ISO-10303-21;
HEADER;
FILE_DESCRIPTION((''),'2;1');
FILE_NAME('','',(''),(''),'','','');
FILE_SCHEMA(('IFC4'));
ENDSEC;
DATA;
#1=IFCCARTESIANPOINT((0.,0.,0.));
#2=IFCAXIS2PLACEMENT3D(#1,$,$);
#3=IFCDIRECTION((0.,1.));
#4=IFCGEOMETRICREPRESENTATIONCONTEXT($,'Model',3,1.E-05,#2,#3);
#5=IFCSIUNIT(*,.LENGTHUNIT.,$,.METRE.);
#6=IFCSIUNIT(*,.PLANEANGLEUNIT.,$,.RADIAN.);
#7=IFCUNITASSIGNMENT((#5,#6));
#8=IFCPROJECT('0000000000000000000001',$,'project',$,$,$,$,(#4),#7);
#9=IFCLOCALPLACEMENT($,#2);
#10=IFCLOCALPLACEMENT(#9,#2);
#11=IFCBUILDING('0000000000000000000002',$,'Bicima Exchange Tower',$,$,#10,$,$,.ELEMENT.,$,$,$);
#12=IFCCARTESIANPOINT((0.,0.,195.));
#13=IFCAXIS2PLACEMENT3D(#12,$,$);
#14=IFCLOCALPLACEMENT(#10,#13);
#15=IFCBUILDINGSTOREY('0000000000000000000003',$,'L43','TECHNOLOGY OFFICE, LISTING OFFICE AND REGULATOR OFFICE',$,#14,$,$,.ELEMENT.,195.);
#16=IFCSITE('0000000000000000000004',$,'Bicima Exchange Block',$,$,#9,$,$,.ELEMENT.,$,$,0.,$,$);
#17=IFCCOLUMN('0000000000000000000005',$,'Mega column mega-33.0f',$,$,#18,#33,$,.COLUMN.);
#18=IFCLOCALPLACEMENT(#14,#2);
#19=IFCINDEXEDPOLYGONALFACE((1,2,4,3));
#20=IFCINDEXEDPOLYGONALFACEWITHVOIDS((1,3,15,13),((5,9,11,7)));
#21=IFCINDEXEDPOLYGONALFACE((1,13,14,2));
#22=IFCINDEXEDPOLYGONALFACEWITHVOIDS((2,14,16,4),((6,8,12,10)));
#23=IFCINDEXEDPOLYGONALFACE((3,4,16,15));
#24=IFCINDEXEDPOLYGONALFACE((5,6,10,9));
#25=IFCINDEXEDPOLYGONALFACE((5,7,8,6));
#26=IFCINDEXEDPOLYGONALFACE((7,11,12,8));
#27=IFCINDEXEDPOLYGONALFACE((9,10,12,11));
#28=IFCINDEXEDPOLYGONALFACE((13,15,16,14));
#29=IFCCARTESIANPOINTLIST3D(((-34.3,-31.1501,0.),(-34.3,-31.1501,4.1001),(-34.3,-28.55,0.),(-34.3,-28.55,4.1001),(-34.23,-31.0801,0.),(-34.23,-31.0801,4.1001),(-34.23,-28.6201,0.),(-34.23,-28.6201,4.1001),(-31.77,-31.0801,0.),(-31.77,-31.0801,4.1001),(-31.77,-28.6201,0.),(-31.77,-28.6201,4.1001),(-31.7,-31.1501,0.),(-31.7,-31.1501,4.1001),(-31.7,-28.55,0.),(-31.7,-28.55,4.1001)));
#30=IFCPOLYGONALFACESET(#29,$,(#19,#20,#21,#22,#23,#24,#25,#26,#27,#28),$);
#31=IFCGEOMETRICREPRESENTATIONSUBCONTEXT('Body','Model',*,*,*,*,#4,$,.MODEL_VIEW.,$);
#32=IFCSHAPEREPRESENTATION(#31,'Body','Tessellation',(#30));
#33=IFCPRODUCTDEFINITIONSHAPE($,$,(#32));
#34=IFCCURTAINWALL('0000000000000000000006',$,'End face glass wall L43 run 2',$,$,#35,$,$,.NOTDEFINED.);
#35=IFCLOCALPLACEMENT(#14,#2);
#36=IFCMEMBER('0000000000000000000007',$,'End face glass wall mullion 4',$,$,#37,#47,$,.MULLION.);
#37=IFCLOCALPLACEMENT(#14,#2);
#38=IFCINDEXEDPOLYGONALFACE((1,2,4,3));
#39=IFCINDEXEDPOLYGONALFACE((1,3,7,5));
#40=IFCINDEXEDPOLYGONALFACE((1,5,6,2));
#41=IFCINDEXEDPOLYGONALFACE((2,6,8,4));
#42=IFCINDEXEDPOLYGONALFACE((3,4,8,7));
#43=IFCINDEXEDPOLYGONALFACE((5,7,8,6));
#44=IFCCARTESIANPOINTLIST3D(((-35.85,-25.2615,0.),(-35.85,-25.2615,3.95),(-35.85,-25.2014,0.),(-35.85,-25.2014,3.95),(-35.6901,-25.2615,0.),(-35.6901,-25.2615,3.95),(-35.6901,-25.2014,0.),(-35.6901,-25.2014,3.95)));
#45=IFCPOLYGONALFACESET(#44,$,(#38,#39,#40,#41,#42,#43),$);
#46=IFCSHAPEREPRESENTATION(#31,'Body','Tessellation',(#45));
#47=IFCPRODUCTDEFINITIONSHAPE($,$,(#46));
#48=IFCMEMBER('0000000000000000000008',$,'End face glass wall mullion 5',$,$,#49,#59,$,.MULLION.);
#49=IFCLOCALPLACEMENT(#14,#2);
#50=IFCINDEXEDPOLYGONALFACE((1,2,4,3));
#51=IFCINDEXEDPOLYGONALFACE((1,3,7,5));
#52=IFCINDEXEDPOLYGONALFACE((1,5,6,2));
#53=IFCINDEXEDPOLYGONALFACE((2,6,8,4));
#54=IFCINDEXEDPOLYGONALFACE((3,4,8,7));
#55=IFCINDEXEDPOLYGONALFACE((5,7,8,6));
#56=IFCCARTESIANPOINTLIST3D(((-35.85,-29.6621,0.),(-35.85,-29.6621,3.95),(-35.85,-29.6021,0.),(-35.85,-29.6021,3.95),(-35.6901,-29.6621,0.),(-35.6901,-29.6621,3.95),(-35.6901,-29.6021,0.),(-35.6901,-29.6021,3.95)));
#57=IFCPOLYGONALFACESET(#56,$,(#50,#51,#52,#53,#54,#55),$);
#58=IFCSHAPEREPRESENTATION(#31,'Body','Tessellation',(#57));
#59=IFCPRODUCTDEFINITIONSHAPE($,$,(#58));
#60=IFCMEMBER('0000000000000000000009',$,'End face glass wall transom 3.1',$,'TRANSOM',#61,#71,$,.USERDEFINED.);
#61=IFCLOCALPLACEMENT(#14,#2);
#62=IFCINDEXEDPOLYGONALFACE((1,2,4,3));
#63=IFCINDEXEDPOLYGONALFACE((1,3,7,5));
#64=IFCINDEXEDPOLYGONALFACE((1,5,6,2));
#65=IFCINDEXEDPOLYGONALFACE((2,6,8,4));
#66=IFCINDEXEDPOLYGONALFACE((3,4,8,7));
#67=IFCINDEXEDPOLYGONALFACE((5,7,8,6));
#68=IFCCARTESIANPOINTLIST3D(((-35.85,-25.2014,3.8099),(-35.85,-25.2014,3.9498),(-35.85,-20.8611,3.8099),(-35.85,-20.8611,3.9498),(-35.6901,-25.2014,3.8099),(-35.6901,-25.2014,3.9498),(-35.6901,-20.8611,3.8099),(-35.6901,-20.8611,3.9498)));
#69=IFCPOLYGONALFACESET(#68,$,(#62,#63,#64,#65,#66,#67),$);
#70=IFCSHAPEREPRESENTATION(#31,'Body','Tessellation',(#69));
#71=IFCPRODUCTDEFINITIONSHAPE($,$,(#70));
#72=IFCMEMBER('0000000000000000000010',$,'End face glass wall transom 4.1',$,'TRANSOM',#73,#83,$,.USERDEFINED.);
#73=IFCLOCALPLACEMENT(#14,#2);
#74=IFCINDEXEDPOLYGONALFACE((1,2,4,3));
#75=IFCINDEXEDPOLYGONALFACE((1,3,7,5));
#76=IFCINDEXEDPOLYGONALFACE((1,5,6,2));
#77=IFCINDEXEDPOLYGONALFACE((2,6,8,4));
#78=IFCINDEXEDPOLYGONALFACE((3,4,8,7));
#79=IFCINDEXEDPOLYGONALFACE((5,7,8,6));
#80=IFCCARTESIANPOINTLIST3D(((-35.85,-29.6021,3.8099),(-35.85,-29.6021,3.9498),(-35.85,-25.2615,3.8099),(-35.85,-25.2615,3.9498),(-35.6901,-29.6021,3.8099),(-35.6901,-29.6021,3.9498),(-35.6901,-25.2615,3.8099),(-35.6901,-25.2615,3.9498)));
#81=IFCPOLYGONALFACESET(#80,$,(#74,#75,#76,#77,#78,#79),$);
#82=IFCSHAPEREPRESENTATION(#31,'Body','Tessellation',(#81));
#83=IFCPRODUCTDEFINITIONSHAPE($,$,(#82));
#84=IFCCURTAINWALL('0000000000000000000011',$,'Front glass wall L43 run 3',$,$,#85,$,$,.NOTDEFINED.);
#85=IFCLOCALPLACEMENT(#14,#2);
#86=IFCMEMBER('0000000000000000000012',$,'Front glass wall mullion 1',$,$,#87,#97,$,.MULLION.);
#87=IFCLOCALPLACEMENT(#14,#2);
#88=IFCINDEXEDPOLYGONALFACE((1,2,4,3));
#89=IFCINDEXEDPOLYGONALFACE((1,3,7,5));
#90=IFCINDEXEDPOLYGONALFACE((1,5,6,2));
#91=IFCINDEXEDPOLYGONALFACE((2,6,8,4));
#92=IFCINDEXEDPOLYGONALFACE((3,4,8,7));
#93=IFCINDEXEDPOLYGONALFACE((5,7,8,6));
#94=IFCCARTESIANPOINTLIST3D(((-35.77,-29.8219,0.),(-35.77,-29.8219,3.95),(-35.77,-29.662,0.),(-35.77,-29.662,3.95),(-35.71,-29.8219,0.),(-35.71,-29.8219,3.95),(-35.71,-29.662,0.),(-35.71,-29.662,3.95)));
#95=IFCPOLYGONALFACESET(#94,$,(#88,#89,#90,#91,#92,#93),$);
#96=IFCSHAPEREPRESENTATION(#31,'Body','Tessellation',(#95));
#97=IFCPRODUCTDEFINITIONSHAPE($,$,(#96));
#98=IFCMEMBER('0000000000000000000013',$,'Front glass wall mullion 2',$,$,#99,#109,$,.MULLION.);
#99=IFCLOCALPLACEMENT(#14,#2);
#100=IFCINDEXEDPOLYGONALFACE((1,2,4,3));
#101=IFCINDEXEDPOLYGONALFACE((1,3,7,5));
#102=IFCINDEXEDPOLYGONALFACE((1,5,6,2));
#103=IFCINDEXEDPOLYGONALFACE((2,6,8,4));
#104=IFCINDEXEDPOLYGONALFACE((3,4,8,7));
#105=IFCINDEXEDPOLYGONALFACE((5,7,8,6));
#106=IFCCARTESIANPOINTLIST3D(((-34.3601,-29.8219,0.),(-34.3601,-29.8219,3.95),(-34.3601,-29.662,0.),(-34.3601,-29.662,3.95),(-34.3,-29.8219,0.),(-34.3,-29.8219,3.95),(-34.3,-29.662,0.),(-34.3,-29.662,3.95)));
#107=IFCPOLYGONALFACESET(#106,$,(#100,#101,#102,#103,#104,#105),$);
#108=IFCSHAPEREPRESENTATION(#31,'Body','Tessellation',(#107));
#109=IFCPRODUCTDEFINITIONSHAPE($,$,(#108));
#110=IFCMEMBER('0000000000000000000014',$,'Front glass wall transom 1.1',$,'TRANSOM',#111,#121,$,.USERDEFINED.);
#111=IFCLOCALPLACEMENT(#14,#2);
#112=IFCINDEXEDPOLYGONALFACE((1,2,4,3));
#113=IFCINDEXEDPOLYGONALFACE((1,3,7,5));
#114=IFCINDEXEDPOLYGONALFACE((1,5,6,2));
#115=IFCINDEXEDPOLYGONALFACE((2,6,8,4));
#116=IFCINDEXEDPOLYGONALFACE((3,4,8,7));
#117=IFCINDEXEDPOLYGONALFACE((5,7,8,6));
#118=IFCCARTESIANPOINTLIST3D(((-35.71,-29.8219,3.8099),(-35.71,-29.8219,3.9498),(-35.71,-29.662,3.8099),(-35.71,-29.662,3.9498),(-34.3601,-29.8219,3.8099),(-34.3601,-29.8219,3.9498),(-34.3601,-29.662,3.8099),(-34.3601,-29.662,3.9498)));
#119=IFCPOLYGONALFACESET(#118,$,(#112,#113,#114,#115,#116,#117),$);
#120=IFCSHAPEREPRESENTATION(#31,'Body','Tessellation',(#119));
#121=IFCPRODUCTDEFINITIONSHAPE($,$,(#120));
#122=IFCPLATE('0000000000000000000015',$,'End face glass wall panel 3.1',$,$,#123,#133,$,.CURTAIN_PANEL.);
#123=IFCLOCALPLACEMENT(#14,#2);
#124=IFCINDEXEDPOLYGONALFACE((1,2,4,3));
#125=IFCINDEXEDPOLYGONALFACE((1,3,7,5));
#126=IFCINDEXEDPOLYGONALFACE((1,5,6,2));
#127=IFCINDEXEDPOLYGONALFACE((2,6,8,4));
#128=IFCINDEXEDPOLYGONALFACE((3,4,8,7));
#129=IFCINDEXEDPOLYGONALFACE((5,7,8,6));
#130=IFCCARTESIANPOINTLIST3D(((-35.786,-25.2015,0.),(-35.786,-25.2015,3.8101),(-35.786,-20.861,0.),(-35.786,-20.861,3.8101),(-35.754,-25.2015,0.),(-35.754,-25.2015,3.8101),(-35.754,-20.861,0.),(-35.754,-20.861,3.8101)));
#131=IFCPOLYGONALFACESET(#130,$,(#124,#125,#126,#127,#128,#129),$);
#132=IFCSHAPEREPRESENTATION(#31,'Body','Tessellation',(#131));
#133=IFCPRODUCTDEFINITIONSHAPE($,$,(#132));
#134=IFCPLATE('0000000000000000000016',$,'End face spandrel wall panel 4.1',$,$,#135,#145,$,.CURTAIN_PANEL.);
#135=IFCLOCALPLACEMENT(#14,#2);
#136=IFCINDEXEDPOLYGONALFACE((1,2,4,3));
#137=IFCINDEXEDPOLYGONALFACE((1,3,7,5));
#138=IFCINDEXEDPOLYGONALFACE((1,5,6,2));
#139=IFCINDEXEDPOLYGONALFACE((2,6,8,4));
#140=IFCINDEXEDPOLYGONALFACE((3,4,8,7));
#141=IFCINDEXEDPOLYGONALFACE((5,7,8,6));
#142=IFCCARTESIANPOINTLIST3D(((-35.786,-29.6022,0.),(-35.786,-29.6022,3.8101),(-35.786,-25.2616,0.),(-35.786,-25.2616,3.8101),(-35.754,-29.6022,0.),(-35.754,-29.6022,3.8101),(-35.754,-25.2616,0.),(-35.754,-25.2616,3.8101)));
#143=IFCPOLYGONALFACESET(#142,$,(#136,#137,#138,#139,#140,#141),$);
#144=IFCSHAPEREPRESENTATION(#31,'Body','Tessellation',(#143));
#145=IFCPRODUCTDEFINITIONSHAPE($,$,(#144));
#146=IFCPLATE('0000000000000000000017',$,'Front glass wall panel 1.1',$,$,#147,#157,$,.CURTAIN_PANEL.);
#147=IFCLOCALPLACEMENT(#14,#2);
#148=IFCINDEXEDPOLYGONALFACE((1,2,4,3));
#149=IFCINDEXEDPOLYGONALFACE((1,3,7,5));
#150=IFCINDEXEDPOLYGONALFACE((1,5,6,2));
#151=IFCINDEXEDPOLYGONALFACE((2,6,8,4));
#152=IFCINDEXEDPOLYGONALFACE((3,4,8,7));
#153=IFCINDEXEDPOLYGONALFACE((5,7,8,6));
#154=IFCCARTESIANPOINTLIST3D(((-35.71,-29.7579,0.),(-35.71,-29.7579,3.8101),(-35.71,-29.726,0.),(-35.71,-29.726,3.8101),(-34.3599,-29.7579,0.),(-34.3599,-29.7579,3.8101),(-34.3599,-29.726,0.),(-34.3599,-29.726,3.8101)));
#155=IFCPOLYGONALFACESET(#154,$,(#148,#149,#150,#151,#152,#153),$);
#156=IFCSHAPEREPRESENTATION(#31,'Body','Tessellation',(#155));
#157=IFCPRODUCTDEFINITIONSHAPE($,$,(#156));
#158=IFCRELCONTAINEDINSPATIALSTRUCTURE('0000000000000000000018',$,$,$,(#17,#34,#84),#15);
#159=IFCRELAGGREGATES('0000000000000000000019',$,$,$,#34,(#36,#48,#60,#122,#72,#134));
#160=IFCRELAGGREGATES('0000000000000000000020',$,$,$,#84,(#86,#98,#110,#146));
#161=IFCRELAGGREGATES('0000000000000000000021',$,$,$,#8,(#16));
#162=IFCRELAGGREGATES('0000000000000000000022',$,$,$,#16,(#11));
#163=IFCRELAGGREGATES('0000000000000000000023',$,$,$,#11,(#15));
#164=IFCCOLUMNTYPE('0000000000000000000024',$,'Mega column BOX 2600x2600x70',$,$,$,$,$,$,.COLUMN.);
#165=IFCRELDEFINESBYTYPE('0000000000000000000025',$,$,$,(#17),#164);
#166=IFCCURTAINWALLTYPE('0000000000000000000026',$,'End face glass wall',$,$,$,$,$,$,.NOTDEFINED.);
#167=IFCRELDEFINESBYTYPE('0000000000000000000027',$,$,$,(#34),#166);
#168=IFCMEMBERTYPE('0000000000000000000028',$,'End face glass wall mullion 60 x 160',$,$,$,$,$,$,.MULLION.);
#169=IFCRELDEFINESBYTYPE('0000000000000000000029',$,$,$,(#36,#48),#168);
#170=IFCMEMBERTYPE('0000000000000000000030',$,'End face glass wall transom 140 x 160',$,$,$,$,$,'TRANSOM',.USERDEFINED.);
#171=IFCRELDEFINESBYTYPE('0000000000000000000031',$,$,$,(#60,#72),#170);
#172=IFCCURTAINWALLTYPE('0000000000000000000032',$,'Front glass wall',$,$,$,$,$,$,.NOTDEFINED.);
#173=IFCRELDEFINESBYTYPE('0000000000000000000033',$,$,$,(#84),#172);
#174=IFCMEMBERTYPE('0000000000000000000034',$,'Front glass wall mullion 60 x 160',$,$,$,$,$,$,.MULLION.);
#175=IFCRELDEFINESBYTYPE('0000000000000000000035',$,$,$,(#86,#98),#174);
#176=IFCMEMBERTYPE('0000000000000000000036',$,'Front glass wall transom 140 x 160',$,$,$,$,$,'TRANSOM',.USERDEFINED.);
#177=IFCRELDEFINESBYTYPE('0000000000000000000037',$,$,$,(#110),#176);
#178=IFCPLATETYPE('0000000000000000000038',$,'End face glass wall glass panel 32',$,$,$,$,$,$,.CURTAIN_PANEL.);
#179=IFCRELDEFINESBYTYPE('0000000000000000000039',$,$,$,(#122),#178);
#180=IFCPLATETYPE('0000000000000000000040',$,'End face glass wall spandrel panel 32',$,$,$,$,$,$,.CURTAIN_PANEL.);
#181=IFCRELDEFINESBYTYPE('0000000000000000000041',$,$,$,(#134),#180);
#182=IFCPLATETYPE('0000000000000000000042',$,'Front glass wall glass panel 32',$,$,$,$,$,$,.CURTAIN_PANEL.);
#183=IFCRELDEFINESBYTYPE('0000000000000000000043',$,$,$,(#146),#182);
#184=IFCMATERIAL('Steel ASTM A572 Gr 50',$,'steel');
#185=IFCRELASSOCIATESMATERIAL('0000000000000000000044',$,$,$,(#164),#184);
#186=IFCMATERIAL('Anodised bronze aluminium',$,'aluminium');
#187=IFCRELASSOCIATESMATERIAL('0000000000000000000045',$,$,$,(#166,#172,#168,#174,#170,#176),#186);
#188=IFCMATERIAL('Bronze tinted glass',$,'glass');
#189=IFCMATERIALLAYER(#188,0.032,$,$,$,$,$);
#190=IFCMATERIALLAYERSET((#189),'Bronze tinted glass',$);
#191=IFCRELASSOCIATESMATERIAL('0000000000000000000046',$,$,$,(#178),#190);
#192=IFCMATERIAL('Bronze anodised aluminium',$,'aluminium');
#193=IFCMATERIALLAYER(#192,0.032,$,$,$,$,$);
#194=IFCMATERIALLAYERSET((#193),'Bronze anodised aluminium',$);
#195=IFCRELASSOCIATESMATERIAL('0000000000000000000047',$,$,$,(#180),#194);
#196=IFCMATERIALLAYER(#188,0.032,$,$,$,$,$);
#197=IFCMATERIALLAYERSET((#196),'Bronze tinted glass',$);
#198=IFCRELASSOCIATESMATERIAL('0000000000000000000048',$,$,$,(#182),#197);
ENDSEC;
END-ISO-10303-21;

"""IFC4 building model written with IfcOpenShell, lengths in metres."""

from ifc_helpers import new_model, si_unit, direction, frame, origin, origin_2d, place, context, subcontext, project, spatial, rectangle, hollow_rectangle, extrude, material, layer, layer_set, material_profile, profile_set, type_object, element, aggregate, save


model = new_model("IFC4")

# Units and contexts
model_context = context("Model", 3, precision=1e-05, world=origin(), true_north=direction((0.0, 1.0)))
body_context = subcontext(model_context, "Body", "Model", "MODEL_VIEW")
ifc_project = project(units=[si_unit("LENGTHUNIT", "METRE"), si_unit("PLANEANGLEUNIT", "RADIAN")], contexts=[model_context])

# Site, building, storey
site_placement = place(None, origin())
site = spatial("IfcSite", under=ifc_project, at=site_placement, Name="Bicima Exchange Block", CompositionType="ELEMENT", RefElevation=0.0)
building_placement = place(site_placement, origin())
building = spatial("IfcBuilding", under=site, at=building_placement, Name="Bicima Exchange Tower", CompositionType="ELEMENT")
storey_placement = place(building_placement, frame((0.0, 0.0, 195.0)))
storey = spatial("IfcBuildingStorey", under=building, at=storey_placement, Name="L43", Description="TECHNOLOGY OFFICE, LISTING OFFICE AND REGULATOR OFFICE", CompositionType="ELEMENT", Elevation=195.0)

# Column
ifc_material_1 = material(Name="Steel ASTM A572 Gr 50", Category="steel")
ifc_material_profile_1 = material_profile(ifc_material_1, hollow_rectangle(XDim=2.6001, YDim=2.6001, WallThickness=0.0701, at=origin_2d()))
ifc_profile_set_1 = profile_set([ifc_material_profile_1], Name="Steel ASTM A572 Gr 50")
column_type = type_object("IfcColumnType", Name="Mega column BOX 2600x2600x70", PredefinedType="COLUMN", material=ifc_profile_set_1)
column_placement = place(storey_placement, frame((-33.0, -29.8501, 0.0), z_axis=(0.0, 0.0, 1.0), x_axis=(1.0, 0.0, 0.0)))
element("IfcColumn", 1, at=column_placement, inside=storey, type_object=column_type, Name="Mega column mega-33.0f", PredefinedType="COLUMN", context=body_context, shape_type="SweptSolid", body=[
    extrude(hollow_rectangle(XDim=2.6001, YDim=2.6001, WallThickness=0.0701, at=origin_2d()), origin(), (0.0, 0.0, 1.0), 4.1001),
])

# Curtain walls, members
ifc_material_2 = material(Name="Anodised bronze aluminium", Category="aluminium")
curtain_wall_type_1 = type_object("IfcCurtainWallType", Name="End face glass wall", PredefinedType="NOTDEFINED", material=ifc_material_2)
curtain_wall_1_placement = place(storey_placement, origin())
curtain_wall_1 = element("IfcCurtainWall", 2, at=curtain_wall_1_placement, inside=storey, type_object=curtain_wall_type_1, Name="End face glass wall L43 run 2", PredefinedType="NOTDEFINED")
ifc_material_profile_2 = material_profile(ifc_material_2, rectangle(XDim=0.1599, YDim=0.0601, at=origin_2d()))
ifc_profile_set_2 = profile_set([ifc_material_profile_2], Name="Anodised bronze aluminium")
member_type_1 = type_object("IfcMemberType", Name="End face glass wall mullion 60 x 160", PredefinedType="MULLION", material=ifc_profile_set_2)
member_1_placement = place(storey_placement, frame((-35.77, -25.2314, 0.0), z_axis=(0.0, 0.0, 1.0), x_axis=(1.0, 0.0, 0.0)))
member_1 = element("IfcMember", 3, at=member_1_placement, type_object=member_type_1, Name="End face glass wall mullion 4", PredefinedType="MULLION", context=body_context, shape_type="SweptSolid", body=[
    extrude(rectangle(XDim=0.1599, YDim=0.0601, at=origin_2d()), origin(), (0.0, 0.0, 1.0), 3.95),
])
member_2_placement = place(storey_placement, frame((-35.77, -29.6321, 0.0), z_axis=(0.0, 0.0, 1.0), x_axis=(1.0, 0.0, 0.0)))
member_2 = element("IfcMember", 4, at=member_2_placement, type_object=member_type_1, Name="End face glass wall mullion 5", PredefinedType="MULLION", context=body_context, shape_type="SweptSolid", body=[
    extrude(rectangle(XDim=0.1599, YDim=0.0601, at=origin_2d()), origin(), (0.0, 0.0, 1.0), 3.95),
])
ifc_material_profile_3 = material_profile(ifc_material_2, rectangle(XDim=0.1599, YDim=0.1399, at=origin_2d()))
ifc_profile_set_3 = profile_set([ifc_material_profile_3], Name="Anodised bronze aluminium")
member_type_2 = type_object("IfcMemberType", Name="End face glass wall transom 140 x 160", ElementType="TRANSOM", PredefinedType="USERDEFINED", material=ifc_profile_set_3)
member_3_placement = place(storey_placement, frame((-35.77, -20.8611, 3.8799), z_axis=(0.0, -1.0, 0.0), x_axis=(1.0, 0.0, 0.0)))
member_3 = element("IfcMember", 5, at=member_3_placement, type_object=member_type_2, Name="End face glass wall transom 3.1", ObjectType="TRANSOM", PredefinedType="USERDEFINED", context=body_context, shape_type="SweptSolid", body=[
    extrude(rectangle(XDim=0.1599, YDim=0.1399, at=origin_2d()), origin(), (0.0, 0.0, 1.0), 4.3403),
])
member_4_placement = place(storey_placement, frame((-35.77, -25.2615, 3.8799), z_axis=(0.0, -1.0, 0.0), x_axis=(1.0, 0.0, 0.0)))
member_4 = element("IfcMember", 6, at=member_4_placement, type_object=member_type_2, Name="End face glass wall transom 4.1", ObjectType="TRANSOM", PredefinedType="USERDEFINED", context=body_context, shape_type="SweptSolid", body=[
    extrude(rectangle(XDim=0.1599, YDim=0.1399, at=origin_2d()), origin(), (0.0, 0.0, 1.0), 4.3406),
])
curtain_wall_type_2 = type_object("IfcCurtainWallType", Name="Front glass wall", PredefinedType="NOTDEFINED", material=ifc_material_2)
curtain_wall_2_placement = place(storey_placement, origin())
curtain_wall_2 = element("IfcCurtainWall", 7, at=curtain_wall_2_placement, inside=storey, type_object=curtain_wall_type_2, Name="Front glass wall L43 run 3", PredefinedType="NOTDEFINED")
member_type_3 = type_object("IfcMemberType", Name="Front glass wall mullion 60 x 160", PredefinedType="MULLION", material=ifc_profile_set_2)
member_5_placement = place(storey_placement, frame((-35.74, -29.7419, 0.0), z_axis=(0.0, 0.0, 1.0), x_axis=(0.0, 1.0, 0.0)))
member_5 = element("IfcMember", 8, at=member_5_placement, type_object=member_type_3, Name="Front glass wall mullion 1", PredefinedType="MULLION", context=body_context, shape_type="SweptSolid", body=[
    extrude(rectangle(XDim=0.1599, YDim=0.0601, at=origin_2d()), origin(), (0.0, 0.0, 1.0), 3.95),
])
member_6_placement = place(storey_placement, frame((-34.3301, -29.7419, 0.0), z_axis=(0.0, 0.0, 1.0), x_axis=(0.0, 1.0, 0.0)))
member_6 = element("IfcMember", 9, at=member_6_placement, type_object=member_type_3, Name="Front glass wall mullion 2", PredefinedType="MULLION", context=body_context, shape_type="SweptSolid", body=[
    extrude(rectangle(XDim=0.1599, YDim=0.0601, at=origin_2d()), origin(), (0.0, 0.0, 1.0), 3.95),
])
member_type_4 = type_object("IfcMemberType", Name="Front glass wall transom 140 x 160", ElementType="TRANSOM", PredefinedType="USERDEFINED", material=ifc_profile_set_3)
member_7_placement = place(storey_placement, frame((-35.71, -29.7419, 3.8799), z_axis=(1.0, 0.0, 0.0), x_axis=(0.0, 1.0, 0.0)))
member_7 = element("IfcMember", 10, at=member_7_placement, type_object=member_type_4, Name="Front glass wall transom 1.1", ObjectType="TRANSOM", PredefinedType="USERDEFINED", context=body_context, shape_type="SweptSolid", body=[
    extrude(rectangle(XDim=0.1599, YDim=0.1399, at=origin_2d()), origin(), (0.0, 0.0, 1.0), 1.3499),
])

# Plates
ifc_material_3 = material(Name="Bronze tinted glass", Category="glass")
ifc_layer_1 = layer(ifc_material_3, 0.032)
ifc_layer_set_1 = layer_set([ifc_layer_1], Name="Bronze tinted glass")
plate_type_1 = type_object("IfcPlateType", Name="End face glass wall glass panel 32", PredefinedType="CURTAIN_PANEL", material=ifc_layer_set_1)
plate_1_placement = place(storey_placement, frame((-35.77, -23.0312, 0.0), z_axis=(0.0, 0.0, 1.0), x_axis=(0.0, -1.0, 0.0)))
plate_1 = element("IfcPlate", 11, at=plate_1_placement, type_object=plate_type_1, Name="End face glass wall panel 3.1", PredefinedType="CURTAIN_PANEL", context=body_context, shape_type="SweptSolid", body=[
    extrude(rectangle(XDim=4.3406, YDim=0.032, at=origin_2d()), origin(), (0.0, 0.0, 1.0), 3.8101),
])
ifc_material_4 = material(Name="Bronze anodised aluminium", Category="aluminium")
ifc_layer_2 = layer(ifc_material_4, 0.032)
ifc_layer_set_2 = layer_set([ifc_layer_2], Name="Bronze anodised aluminium")
plate_type_2 = type_object("IfcPlateType", Name="End face glass wall spandrel panel 32", PredefinedType="CURTAIN_PANEL", material=ifc_layer_set_2)
plate_2_placement = place(storey_placement, frame((-35.77, -27.4319, 0.0), z_axis=(0.0, 0.0, 1.0), x_axis=(0.0, -1.0, 0.0)))
plate_2 = element("IfcPlate", 12, at=plate_2_placement, type_object=plate_type_2, Name="End face spandrel wall panel 4.1", PredefinedType="CURTAIN_PANEL", context=body_context, shape_type="SweptSolid", body=[
    extrude(rectangle(XDim=4.3406, YDim=0.032, at=origin_2d()), origin(), (0.0, 0.0, 1.0), 3.8101),
])
aggregate(curtain_wall_1, [member_1, member_2, member_3, plate_1, member_4, plate_2])
ifc_layer_3 = layer(ifc_material_3, 0.032)
ifc_layer_set_3 = layer_set([ifc_layer_3], Name="Bronze tinted glass")
plate_type_3 = type_object("IfcPlateType", Name="Front glass wall glass panel 32", PredefinedType="CURTAIN_PANEL", material=ifc_layer_set_3)
plate_3_placement = place(storey_placement, frame((-35.0349, -29.7419, 0.0), z_axis=(0.0, 0.0, 1.0), x_axis=(1.0, 0.0, 0.0)))
plate_3 = element("IfcPlate", 13, at=plate_3_placement, type_object=plate_type_3, Name="Front glass wall panel 1.1", PredefinedType="CURTAIN_PANEL", context=body_context, shape_type="SweptSolid", body=[
    extrude(rectangle(XDim=1.3501, YDim=0.032, at=origin_2d()), origin(), (0.0, 0.0, 1.0), 3.8101),
])
aggregate(curtain_wall_2, [member_5, member_6, member_7, plate_3])

save(model, "model.ifc")
